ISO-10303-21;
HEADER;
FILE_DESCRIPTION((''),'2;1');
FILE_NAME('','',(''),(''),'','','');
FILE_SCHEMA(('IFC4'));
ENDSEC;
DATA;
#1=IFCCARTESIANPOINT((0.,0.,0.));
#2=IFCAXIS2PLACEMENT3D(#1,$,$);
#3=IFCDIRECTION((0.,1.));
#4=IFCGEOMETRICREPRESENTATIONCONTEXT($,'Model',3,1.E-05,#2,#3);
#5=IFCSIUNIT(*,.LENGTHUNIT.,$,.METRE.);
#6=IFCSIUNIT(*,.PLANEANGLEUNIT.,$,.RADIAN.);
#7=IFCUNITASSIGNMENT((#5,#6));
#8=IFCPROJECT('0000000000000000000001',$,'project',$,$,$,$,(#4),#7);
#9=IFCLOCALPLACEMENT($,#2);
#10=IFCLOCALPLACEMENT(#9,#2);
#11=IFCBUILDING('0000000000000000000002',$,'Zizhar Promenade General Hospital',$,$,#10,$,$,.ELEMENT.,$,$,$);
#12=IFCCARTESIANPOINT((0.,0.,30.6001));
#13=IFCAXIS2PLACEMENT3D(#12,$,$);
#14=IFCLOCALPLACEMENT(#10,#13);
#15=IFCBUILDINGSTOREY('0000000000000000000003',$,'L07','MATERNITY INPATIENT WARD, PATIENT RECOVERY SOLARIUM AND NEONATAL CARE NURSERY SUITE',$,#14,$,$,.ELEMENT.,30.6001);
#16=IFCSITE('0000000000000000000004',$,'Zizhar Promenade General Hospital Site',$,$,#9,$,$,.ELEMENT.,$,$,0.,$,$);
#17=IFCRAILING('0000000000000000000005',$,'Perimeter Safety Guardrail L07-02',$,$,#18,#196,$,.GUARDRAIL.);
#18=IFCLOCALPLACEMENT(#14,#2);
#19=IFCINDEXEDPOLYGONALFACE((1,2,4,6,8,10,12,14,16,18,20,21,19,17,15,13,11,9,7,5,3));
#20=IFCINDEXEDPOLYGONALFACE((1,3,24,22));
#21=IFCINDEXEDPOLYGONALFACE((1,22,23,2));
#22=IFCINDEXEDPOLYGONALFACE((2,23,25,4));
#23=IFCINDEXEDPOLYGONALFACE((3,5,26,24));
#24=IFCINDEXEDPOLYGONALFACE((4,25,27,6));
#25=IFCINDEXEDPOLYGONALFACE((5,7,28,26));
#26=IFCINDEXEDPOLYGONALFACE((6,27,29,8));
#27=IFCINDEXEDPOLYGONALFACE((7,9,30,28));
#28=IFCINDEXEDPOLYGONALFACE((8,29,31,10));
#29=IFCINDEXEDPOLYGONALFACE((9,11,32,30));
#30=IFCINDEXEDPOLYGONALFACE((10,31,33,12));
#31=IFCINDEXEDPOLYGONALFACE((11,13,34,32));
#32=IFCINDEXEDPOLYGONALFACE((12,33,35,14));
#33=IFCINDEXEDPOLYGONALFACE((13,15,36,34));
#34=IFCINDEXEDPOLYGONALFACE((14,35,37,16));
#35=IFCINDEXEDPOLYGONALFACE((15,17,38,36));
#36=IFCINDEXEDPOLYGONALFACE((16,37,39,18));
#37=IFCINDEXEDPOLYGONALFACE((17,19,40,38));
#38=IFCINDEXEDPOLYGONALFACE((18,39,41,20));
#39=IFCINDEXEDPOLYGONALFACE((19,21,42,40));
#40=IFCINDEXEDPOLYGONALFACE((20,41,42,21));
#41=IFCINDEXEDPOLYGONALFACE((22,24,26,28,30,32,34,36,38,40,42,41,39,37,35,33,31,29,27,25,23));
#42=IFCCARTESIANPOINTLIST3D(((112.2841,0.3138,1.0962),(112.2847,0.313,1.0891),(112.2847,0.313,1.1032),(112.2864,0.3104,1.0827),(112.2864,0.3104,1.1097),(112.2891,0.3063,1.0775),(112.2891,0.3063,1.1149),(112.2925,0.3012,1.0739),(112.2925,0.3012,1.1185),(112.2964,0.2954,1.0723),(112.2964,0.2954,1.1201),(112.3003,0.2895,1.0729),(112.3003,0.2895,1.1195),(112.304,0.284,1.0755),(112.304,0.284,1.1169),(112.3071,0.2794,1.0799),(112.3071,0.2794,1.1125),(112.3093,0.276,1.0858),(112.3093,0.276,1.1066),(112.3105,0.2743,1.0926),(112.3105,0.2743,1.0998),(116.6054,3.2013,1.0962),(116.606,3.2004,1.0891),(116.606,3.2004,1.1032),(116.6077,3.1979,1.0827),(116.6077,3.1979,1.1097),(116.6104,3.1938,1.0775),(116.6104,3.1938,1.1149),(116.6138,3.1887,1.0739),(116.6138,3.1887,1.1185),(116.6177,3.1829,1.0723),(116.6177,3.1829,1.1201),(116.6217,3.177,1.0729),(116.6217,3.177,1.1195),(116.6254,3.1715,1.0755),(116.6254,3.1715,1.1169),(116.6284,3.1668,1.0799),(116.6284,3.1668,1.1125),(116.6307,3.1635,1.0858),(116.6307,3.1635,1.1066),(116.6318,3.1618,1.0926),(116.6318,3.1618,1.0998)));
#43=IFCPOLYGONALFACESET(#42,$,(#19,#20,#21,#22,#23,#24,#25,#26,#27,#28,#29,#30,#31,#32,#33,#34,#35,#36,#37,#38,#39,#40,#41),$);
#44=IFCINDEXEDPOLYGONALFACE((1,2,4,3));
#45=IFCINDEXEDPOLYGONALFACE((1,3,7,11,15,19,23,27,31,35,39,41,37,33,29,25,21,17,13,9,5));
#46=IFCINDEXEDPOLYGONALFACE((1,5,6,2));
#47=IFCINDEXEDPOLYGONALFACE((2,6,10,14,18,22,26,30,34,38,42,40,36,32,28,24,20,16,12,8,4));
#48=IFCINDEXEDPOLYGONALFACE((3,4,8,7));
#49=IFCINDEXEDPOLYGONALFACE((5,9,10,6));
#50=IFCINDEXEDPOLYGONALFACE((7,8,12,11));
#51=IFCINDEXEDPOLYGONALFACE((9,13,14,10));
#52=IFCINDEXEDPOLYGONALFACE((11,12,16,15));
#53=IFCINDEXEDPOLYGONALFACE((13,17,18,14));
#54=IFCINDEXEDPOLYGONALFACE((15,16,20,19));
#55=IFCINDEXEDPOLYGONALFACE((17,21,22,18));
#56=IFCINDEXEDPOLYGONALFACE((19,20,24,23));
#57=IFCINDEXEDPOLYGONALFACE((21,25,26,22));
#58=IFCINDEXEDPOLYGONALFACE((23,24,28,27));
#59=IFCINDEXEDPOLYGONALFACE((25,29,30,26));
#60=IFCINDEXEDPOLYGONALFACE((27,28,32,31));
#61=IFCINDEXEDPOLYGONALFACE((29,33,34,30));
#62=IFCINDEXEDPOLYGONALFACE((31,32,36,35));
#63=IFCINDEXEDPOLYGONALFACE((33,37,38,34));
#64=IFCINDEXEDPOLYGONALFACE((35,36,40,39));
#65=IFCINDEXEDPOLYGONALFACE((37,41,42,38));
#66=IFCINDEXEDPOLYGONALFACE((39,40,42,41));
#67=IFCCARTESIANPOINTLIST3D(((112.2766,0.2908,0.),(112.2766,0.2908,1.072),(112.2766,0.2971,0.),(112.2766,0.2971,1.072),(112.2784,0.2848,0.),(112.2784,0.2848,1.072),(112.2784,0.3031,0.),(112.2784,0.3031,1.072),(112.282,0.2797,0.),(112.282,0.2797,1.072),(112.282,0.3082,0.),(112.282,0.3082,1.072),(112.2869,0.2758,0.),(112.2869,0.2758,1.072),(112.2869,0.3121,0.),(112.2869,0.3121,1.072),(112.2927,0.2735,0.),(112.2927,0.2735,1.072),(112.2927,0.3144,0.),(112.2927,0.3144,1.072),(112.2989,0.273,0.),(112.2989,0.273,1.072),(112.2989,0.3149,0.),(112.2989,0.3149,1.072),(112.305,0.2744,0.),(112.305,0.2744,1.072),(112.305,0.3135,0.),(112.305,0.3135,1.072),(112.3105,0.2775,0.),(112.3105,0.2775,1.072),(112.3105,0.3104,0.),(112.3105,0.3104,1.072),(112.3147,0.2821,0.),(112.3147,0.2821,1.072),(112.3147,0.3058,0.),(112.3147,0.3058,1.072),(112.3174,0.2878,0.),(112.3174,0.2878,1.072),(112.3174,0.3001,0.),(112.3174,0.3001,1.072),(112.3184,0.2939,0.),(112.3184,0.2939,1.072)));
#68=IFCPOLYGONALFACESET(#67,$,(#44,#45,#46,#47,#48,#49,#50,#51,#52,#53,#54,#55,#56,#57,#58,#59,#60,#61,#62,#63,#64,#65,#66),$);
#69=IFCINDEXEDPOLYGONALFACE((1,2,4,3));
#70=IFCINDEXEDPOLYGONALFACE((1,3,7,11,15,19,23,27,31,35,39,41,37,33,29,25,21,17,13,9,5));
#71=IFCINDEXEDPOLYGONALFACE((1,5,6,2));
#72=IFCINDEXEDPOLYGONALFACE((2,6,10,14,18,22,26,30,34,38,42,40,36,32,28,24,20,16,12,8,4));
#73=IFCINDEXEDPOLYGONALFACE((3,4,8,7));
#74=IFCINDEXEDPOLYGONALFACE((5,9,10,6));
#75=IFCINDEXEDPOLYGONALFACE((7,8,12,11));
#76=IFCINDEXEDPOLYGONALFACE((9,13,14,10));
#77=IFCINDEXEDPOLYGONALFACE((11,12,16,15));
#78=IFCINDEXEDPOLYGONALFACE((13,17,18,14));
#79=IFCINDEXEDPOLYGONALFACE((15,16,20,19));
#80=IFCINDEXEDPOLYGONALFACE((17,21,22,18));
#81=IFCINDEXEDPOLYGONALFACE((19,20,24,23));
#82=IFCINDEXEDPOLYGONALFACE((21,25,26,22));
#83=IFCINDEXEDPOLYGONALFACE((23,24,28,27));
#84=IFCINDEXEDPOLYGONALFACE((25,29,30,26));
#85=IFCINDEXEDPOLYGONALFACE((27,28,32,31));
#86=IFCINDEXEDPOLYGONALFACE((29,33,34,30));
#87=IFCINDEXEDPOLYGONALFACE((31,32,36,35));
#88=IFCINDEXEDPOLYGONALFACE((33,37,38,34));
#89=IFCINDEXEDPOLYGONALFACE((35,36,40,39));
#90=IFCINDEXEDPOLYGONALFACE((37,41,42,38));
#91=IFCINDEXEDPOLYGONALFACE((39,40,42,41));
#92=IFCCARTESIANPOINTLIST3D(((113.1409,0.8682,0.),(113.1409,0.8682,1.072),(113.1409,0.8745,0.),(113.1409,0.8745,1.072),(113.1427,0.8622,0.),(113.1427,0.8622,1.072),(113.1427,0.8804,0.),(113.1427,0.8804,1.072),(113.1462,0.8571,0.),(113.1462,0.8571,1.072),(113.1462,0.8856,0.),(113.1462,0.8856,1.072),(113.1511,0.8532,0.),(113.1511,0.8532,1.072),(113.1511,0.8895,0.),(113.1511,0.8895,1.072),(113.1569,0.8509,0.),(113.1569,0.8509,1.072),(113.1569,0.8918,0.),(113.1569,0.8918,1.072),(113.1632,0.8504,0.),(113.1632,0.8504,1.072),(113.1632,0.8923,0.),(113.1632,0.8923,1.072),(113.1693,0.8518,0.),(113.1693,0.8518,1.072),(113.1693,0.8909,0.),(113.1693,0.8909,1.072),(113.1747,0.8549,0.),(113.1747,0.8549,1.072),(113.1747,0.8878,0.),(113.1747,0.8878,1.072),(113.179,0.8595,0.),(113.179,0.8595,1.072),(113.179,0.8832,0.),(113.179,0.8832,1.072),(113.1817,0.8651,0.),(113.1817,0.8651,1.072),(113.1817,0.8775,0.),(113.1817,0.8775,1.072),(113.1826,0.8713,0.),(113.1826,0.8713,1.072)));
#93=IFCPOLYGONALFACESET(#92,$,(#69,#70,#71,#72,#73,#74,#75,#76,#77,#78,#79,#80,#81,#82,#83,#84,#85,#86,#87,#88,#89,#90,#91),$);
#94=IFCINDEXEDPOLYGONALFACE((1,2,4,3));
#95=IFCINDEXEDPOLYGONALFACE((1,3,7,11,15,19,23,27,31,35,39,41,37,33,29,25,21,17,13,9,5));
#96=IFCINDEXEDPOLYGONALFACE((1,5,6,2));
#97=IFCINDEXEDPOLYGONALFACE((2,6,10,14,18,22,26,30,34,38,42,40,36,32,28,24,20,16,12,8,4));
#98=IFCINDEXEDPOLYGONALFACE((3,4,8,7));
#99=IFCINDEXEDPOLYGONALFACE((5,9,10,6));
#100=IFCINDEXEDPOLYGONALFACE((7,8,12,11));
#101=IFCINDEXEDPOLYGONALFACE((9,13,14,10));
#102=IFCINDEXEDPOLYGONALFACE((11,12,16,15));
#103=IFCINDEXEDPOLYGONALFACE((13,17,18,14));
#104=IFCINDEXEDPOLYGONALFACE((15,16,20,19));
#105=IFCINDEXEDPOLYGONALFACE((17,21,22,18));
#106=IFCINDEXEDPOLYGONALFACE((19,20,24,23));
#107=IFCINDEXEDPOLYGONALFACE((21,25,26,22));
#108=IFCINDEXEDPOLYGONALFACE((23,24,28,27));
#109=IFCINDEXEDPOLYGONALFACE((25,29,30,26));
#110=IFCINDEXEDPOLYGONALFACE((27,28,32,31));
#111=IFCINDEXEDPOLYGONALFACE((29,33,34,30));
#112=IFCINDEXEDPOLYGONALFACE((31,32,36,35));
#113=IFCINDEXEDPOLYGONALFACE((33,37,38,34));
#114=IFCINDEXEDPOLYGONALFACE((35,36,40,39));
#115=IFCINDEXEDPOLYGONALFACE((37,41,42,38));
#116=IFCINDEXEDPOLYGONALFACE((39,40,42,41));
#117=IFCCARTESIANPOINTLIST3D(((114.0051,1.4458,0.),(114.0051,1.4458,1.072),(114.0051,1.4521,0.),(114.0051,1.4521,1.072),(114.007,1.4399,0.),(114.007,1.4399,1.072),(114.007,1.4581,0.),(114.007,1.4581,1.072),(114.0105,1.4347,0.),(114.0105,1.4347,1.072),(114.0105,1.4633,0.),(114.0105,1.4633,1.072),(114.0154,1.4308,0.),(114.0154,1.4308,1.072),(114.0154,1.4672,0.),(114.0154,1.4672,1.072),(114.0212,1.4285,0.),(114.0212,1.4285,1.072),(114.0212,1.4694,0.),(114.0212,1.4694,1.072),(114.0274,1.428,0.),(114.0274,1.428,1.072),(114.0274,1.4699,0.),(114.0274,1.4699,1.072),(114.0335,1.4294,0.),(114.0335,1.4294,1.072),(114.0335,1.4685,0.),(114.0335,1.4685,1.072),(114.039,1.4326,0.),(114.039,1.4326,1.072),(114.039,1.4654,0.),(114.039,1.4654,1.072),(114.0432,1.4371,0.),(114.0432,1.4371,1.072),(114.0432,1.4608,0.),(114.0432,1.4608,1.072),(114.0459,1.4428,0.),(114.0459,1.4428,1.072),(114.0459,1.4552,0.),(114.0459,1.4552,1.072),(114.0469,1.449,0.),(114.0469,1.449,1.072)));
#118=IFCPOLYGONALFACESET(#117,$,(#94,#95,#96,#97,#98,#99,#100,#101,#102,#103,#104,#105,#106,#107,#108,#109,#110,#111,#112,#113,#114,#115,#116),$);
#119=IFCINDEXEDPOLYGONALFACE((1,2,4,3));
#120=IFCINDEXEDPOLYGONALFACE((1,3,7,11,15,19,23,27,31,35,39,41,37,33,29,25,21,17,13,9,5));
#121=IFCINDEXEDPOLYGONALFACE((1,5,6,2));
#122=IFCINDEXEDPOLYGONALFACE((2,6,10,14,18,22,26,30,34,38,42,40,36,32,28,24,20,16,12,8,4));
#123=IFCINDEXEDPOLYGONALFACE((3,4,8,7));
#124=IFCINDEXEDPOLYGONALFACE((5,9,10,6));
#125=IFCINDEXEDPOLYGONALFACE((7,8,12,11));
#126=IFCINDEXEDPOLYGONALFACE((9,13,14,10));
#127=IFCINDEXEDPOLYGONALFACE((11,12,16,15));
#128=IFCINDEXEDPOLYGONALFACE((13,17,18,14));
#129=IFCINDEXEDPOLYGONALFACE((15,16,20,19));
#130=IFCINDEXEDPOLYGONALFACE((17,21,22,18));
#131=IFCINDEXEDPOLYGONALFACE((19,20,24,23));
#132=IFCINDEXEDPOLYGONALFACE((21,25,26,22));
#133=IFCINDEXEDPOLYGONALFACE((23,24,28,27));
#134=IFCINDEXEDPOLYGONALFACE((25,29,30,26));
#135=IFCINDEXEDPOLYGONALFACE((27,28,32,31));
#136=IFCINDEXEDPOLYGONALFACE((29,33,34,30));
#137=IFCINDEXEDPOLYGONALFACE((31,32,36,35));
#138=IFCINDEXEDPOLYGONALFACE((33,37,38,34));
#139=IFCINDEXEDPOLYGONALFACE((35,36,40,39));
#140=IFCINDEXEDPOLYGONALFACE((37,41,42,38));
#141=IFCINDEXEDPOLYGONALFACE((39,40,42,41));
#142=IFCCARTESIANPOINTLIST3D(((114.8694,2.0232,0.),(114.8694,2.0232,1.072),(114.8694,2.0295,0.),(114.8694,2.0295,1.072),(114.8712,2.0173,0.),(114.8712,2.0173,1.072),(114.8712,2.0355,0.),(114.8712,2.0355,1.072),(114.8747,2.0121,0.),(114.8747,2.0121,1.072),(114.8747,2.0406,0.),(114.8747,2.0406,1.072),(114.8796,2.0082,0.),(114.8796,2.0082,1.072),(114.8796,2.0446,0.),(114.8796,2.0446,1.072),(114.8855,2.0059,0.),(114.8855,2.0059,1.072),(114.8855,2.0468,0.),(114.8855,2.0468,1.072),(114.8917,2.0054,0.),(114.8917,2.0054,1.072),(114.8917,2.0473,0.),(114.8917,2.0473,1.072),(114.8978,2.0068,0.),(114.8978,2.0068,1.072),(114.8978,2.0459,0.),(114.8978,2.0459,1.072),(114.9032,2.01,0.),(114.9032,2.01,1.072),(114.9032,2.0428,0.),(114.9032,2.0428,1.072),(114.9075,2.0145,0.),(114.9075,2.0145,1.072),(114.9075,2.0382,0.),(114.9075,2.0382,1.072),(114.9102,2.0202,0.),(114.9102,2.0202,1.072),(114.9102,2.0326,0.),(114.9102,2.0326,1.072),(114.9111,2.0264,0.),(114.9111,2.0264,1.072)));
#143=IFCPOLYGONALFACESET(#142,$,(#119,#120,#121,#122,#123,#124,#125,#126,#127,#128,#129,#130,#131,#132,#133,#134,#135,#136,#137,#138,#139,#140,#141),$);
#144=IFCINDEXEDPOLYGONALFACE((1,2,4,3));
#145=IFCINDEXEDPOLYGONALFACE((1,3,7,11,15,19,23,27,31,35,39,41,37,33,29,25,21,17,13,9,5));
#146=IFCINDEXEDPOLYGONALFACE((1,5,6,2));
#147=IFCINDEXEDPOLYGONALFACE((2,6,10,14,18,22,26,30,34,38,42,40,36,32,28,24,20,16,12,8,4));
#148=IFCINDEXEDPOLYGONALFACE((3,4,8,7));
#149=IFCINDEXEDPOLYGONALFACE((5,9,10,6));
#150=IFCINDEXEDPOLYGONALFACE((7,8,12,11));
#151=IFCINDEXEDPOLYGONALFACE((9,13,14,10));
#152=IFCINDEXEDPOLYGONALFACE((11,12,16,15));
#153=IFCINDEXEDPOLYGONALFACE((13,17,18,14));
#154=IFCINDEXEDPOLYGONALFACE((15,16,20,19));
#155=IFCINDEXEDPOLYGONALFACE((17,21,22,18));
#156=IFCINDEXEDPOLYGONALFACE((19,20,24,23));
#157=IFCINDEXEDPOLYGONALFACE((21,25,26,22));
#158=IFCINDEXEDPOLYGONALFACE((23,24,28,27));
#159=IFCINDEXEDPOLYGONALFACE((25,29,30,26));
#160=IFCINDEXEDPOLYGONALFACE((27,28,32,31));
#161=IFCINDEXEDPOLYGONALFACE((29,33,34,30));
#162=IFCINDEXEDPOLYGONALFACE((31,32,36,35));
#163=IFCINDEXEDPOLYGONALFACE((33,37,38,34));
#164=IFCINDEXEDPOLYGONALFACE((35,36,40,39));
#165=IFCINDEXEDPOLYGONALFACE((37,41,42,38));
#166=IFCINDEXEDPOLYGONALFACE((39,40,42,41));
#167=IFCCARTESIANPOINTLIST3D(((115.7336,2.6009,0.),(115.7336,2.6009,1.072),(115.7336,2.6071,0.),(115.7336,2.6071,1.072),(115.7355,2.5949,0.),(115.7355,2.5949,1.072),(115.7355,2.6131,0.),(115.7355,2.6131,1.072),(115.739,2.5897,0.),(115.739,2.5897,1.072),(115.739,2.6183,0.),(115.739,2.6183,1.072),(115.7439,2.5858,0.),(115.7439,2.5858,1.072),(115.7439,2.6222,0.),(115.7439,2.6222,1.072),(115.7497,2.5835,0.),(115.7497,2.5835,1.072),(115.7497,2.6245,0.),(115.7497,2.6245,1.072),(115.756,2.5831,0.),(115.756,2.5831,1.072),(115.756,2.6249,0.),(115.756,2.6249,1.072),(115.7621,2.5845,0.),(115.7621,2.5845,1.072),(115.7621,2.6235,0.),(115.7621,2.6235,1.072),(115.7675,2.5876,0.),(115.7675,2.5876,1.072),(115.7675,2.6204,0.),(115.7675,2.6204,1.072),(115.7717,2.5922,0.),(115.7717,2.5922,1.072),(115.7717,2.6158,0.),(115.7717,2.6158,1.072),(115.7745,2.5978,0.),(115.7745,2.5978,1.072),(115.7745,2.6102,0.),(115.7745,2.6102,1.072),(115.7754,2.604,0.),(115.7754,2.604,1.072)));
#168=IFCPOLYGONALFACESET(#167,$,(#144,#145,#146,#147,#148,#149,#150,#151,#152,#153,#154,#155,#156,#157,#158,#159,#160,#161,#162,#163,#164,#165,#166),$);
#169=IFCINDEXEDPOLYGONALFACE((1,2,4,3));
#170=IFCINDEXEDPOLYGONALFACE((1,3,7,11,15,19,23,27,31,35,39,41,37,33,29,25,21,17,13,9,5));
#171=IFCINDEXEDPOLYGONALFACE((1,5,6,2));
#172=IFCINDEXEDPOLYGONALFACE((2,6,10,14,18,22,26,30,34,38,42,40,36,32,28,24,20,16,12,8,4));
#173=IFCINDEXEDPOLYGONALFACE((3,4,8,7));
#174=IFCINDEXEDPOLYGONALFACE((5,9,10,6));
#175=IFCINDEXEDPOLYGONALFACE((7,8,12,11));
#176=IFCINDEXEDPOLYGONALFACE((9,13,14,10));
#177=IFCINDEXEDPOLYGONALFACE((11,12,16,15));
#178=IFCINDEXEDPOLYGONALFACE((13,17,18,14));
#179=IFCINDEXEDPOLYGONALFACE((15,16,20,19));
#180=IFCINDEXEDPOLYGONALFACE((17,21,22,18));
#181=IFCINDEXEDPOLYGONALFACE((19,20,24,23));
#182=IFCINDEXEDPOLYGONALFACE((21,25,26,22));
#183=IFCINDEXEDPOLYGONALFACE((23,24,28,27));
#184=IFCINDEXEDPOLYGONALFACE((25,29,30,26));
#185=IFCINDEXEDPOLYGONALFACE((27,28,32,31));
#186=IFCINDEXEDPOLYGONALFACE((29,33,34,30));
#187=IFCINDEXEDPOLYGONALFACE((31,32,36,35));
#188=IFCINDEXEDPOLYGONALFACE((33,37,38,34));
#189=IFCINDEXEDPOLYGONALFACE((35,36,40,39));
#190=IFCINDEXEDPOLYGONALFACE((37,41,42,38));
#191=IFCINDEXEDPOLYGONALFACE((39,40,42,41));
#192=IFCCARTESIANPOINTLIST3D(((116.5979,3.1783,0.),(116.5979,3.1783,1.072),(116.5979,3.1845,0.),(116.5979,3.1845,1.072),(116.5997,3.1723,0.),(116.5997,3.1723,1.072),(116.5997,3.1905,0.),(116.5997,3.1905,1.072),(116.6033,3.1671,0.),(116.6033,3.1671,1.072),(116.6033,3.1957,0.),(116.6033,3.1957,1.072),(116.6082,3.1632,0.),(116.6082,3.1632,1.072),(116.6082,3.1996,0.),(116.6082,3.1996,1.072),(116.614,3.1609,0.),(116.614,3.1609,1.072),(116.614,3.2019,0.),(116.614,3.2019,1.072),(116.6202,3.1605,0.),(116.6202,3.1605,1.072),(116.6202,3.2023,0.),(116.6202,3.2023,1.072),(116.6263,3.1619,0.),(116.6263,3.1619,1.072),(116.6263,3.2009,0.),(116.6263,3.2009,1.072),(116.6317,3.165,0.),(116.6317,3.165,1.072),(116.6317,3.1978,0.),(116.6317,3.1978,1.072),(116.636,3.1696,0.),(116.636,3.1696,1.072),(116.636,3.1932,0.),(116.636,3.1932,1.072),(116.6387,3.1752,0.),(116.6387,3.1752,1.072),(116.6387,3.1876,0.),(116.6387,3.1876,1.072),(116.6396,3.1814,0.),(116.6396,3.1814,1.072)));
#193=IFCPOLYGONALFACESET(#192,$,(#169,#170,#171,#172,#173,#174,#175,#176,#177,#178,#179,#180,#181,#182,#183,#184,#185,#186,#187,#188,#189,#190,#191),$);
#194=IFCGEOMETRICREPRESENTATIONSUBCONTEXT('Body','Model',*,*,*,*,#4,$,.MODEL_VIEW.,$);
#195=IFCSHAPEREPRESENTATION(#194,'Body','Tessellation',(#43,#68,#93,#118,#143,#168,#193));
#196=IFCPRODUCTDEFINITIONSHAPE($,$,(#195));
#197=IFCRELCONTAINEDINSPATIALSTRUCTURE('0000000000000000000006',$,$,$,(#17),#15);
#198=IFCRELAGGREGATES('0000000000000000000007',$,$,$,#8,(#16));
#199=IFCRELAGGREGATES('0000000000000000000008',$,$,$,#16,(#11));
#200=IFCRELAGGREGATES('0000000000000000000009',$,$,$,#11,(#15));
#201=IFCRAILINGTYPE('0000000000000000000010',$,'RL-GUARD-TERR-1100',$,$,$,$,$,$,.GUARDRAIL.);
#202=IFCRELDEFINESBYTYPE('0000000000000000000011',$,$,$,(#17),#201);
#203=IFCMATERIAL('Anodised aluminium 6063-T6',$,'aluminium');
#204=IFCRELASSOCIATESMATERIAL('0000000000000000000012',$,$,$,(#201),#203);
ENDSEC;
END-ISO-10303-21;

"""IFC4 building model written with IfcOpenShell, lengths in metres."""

from ifc_helpers import new_model, si_unit, direction, frame, origin, origin_2d, place, context, subcontext, project, spatial, circle, hollow_circle, extrude, material, material_profile, profile_set, type_object, element, save


model = new_model("IFC4")

# Units and contexts
model_context = context("Model", 3, precision=1e-05, world=origin(), true_north=direction((0.0, 1.0)))
body_context = subcontext(model_context, "Body", "Model", "MODEL_VIEW")
ifc_project = project(units=[si_unit("LENGTHUNIT", "METRE"), si_unit("PLANEANGLEUNIT", "RADIAN")], contexts=[model_context])

# Site, building, storey
site_placement = place(None, origin())
site = spatial("IfcSite", under=ifc_project, at=site_placement, Name="Zizhar Promenade General Hospital Site", CompositionType="ELEMENT", RefElevation=0.0)
building_placement = place(site_placement, origin())
building = spatial("IfcBuilding", under=site, at=building_placement, Name="Zizhar Promenade General Hospital", CompositionType="ELEMENT")
storey_placement = place(building_placement, frame((0.0, 0.0, 30.6001)))
storey = spatial("IfcBuildingStorey", under=building, at=storey_placement, Name="L07", Description="MATERNITY INPATIENT WARD, PATIENT RECOVERY SOLARIUM AND NEONATAL CARE NURSERY SUITE", CompositionType="ELEMENT", Elevation=30.6001)

# Railing
ifc_material_1 = material(Name="Anodised aluminium 6063-T6", Category="aluminium")
ifc_material_profile_1 = material_profile(ifc_material_1, hollow_circle(Radius=0.0698, WallThickness=0.0063, at=origin_2d()))
ifc_profile_set_1 = profile_set([ifc_material_profile_1], Name="Anodised aluminium 6063-T6")
railing_type = type_object("IfcRailingType", Name="RL-GUARD-TERR-1100", PredefinedType="GUARDRAIL", material=ifc_profile_set_1)
railing_1_placement = place(storey_placement, frame((112.2974, 0.2939, 0.0)))
element("IfcRailing", 1, at=railing_1_placement, inside=storey, type_object=railing_type, Name="Perimeter Safety Guardrail L07-02", PredefinedType="GUARDRAIL", context=body_context, shape_type="SweptSolid", body=[
    extrude(circle(Radius=0.0239, at=origin_2d()), frame((0.0, 0.0, 1.0962), z_axis=(0.831464, 0.555578, 0.0), x_axis=(-0.555578, 0.831464, 0.0)), (0.0, 0.0, 1.0), 5.1973),
    extrude(circle(Radius=0.021, at=origin_2d()), origin(), (0.0, 0.0, 1.0), 1.072),
    extrude(circle(Radius=0.021, at=origin_2d()), frame((0.8643, 0.5774, 0.0)), (0.0, 0.0, 1.0), 1.072),
    extrude(circle(Radius=0.021, at=origin_2d()), frame((1.7285, 1.155, 0.0)), (0.0, 0.0, 1.0), 1.072),
    extrude(circle(Radius=0.021, at=origin_2d()), frame((2.5928, 1.7324, 0.0)), (0.0, 0.0, 1.0), 1.072),
    extrude(circle(Radius=0.021, at=origin_2d()), frame((3.457, 2.3101, 0.0)), (0.0, 0.0, 1.0), 1.072),
    extrude(circle(Radius=0.021, at=origin_2d()), frame((4.3213, 2.8875, 0.0)), (0.0, 0.0, 1.0), 1.072),
])

save(model, "model.ifc")
